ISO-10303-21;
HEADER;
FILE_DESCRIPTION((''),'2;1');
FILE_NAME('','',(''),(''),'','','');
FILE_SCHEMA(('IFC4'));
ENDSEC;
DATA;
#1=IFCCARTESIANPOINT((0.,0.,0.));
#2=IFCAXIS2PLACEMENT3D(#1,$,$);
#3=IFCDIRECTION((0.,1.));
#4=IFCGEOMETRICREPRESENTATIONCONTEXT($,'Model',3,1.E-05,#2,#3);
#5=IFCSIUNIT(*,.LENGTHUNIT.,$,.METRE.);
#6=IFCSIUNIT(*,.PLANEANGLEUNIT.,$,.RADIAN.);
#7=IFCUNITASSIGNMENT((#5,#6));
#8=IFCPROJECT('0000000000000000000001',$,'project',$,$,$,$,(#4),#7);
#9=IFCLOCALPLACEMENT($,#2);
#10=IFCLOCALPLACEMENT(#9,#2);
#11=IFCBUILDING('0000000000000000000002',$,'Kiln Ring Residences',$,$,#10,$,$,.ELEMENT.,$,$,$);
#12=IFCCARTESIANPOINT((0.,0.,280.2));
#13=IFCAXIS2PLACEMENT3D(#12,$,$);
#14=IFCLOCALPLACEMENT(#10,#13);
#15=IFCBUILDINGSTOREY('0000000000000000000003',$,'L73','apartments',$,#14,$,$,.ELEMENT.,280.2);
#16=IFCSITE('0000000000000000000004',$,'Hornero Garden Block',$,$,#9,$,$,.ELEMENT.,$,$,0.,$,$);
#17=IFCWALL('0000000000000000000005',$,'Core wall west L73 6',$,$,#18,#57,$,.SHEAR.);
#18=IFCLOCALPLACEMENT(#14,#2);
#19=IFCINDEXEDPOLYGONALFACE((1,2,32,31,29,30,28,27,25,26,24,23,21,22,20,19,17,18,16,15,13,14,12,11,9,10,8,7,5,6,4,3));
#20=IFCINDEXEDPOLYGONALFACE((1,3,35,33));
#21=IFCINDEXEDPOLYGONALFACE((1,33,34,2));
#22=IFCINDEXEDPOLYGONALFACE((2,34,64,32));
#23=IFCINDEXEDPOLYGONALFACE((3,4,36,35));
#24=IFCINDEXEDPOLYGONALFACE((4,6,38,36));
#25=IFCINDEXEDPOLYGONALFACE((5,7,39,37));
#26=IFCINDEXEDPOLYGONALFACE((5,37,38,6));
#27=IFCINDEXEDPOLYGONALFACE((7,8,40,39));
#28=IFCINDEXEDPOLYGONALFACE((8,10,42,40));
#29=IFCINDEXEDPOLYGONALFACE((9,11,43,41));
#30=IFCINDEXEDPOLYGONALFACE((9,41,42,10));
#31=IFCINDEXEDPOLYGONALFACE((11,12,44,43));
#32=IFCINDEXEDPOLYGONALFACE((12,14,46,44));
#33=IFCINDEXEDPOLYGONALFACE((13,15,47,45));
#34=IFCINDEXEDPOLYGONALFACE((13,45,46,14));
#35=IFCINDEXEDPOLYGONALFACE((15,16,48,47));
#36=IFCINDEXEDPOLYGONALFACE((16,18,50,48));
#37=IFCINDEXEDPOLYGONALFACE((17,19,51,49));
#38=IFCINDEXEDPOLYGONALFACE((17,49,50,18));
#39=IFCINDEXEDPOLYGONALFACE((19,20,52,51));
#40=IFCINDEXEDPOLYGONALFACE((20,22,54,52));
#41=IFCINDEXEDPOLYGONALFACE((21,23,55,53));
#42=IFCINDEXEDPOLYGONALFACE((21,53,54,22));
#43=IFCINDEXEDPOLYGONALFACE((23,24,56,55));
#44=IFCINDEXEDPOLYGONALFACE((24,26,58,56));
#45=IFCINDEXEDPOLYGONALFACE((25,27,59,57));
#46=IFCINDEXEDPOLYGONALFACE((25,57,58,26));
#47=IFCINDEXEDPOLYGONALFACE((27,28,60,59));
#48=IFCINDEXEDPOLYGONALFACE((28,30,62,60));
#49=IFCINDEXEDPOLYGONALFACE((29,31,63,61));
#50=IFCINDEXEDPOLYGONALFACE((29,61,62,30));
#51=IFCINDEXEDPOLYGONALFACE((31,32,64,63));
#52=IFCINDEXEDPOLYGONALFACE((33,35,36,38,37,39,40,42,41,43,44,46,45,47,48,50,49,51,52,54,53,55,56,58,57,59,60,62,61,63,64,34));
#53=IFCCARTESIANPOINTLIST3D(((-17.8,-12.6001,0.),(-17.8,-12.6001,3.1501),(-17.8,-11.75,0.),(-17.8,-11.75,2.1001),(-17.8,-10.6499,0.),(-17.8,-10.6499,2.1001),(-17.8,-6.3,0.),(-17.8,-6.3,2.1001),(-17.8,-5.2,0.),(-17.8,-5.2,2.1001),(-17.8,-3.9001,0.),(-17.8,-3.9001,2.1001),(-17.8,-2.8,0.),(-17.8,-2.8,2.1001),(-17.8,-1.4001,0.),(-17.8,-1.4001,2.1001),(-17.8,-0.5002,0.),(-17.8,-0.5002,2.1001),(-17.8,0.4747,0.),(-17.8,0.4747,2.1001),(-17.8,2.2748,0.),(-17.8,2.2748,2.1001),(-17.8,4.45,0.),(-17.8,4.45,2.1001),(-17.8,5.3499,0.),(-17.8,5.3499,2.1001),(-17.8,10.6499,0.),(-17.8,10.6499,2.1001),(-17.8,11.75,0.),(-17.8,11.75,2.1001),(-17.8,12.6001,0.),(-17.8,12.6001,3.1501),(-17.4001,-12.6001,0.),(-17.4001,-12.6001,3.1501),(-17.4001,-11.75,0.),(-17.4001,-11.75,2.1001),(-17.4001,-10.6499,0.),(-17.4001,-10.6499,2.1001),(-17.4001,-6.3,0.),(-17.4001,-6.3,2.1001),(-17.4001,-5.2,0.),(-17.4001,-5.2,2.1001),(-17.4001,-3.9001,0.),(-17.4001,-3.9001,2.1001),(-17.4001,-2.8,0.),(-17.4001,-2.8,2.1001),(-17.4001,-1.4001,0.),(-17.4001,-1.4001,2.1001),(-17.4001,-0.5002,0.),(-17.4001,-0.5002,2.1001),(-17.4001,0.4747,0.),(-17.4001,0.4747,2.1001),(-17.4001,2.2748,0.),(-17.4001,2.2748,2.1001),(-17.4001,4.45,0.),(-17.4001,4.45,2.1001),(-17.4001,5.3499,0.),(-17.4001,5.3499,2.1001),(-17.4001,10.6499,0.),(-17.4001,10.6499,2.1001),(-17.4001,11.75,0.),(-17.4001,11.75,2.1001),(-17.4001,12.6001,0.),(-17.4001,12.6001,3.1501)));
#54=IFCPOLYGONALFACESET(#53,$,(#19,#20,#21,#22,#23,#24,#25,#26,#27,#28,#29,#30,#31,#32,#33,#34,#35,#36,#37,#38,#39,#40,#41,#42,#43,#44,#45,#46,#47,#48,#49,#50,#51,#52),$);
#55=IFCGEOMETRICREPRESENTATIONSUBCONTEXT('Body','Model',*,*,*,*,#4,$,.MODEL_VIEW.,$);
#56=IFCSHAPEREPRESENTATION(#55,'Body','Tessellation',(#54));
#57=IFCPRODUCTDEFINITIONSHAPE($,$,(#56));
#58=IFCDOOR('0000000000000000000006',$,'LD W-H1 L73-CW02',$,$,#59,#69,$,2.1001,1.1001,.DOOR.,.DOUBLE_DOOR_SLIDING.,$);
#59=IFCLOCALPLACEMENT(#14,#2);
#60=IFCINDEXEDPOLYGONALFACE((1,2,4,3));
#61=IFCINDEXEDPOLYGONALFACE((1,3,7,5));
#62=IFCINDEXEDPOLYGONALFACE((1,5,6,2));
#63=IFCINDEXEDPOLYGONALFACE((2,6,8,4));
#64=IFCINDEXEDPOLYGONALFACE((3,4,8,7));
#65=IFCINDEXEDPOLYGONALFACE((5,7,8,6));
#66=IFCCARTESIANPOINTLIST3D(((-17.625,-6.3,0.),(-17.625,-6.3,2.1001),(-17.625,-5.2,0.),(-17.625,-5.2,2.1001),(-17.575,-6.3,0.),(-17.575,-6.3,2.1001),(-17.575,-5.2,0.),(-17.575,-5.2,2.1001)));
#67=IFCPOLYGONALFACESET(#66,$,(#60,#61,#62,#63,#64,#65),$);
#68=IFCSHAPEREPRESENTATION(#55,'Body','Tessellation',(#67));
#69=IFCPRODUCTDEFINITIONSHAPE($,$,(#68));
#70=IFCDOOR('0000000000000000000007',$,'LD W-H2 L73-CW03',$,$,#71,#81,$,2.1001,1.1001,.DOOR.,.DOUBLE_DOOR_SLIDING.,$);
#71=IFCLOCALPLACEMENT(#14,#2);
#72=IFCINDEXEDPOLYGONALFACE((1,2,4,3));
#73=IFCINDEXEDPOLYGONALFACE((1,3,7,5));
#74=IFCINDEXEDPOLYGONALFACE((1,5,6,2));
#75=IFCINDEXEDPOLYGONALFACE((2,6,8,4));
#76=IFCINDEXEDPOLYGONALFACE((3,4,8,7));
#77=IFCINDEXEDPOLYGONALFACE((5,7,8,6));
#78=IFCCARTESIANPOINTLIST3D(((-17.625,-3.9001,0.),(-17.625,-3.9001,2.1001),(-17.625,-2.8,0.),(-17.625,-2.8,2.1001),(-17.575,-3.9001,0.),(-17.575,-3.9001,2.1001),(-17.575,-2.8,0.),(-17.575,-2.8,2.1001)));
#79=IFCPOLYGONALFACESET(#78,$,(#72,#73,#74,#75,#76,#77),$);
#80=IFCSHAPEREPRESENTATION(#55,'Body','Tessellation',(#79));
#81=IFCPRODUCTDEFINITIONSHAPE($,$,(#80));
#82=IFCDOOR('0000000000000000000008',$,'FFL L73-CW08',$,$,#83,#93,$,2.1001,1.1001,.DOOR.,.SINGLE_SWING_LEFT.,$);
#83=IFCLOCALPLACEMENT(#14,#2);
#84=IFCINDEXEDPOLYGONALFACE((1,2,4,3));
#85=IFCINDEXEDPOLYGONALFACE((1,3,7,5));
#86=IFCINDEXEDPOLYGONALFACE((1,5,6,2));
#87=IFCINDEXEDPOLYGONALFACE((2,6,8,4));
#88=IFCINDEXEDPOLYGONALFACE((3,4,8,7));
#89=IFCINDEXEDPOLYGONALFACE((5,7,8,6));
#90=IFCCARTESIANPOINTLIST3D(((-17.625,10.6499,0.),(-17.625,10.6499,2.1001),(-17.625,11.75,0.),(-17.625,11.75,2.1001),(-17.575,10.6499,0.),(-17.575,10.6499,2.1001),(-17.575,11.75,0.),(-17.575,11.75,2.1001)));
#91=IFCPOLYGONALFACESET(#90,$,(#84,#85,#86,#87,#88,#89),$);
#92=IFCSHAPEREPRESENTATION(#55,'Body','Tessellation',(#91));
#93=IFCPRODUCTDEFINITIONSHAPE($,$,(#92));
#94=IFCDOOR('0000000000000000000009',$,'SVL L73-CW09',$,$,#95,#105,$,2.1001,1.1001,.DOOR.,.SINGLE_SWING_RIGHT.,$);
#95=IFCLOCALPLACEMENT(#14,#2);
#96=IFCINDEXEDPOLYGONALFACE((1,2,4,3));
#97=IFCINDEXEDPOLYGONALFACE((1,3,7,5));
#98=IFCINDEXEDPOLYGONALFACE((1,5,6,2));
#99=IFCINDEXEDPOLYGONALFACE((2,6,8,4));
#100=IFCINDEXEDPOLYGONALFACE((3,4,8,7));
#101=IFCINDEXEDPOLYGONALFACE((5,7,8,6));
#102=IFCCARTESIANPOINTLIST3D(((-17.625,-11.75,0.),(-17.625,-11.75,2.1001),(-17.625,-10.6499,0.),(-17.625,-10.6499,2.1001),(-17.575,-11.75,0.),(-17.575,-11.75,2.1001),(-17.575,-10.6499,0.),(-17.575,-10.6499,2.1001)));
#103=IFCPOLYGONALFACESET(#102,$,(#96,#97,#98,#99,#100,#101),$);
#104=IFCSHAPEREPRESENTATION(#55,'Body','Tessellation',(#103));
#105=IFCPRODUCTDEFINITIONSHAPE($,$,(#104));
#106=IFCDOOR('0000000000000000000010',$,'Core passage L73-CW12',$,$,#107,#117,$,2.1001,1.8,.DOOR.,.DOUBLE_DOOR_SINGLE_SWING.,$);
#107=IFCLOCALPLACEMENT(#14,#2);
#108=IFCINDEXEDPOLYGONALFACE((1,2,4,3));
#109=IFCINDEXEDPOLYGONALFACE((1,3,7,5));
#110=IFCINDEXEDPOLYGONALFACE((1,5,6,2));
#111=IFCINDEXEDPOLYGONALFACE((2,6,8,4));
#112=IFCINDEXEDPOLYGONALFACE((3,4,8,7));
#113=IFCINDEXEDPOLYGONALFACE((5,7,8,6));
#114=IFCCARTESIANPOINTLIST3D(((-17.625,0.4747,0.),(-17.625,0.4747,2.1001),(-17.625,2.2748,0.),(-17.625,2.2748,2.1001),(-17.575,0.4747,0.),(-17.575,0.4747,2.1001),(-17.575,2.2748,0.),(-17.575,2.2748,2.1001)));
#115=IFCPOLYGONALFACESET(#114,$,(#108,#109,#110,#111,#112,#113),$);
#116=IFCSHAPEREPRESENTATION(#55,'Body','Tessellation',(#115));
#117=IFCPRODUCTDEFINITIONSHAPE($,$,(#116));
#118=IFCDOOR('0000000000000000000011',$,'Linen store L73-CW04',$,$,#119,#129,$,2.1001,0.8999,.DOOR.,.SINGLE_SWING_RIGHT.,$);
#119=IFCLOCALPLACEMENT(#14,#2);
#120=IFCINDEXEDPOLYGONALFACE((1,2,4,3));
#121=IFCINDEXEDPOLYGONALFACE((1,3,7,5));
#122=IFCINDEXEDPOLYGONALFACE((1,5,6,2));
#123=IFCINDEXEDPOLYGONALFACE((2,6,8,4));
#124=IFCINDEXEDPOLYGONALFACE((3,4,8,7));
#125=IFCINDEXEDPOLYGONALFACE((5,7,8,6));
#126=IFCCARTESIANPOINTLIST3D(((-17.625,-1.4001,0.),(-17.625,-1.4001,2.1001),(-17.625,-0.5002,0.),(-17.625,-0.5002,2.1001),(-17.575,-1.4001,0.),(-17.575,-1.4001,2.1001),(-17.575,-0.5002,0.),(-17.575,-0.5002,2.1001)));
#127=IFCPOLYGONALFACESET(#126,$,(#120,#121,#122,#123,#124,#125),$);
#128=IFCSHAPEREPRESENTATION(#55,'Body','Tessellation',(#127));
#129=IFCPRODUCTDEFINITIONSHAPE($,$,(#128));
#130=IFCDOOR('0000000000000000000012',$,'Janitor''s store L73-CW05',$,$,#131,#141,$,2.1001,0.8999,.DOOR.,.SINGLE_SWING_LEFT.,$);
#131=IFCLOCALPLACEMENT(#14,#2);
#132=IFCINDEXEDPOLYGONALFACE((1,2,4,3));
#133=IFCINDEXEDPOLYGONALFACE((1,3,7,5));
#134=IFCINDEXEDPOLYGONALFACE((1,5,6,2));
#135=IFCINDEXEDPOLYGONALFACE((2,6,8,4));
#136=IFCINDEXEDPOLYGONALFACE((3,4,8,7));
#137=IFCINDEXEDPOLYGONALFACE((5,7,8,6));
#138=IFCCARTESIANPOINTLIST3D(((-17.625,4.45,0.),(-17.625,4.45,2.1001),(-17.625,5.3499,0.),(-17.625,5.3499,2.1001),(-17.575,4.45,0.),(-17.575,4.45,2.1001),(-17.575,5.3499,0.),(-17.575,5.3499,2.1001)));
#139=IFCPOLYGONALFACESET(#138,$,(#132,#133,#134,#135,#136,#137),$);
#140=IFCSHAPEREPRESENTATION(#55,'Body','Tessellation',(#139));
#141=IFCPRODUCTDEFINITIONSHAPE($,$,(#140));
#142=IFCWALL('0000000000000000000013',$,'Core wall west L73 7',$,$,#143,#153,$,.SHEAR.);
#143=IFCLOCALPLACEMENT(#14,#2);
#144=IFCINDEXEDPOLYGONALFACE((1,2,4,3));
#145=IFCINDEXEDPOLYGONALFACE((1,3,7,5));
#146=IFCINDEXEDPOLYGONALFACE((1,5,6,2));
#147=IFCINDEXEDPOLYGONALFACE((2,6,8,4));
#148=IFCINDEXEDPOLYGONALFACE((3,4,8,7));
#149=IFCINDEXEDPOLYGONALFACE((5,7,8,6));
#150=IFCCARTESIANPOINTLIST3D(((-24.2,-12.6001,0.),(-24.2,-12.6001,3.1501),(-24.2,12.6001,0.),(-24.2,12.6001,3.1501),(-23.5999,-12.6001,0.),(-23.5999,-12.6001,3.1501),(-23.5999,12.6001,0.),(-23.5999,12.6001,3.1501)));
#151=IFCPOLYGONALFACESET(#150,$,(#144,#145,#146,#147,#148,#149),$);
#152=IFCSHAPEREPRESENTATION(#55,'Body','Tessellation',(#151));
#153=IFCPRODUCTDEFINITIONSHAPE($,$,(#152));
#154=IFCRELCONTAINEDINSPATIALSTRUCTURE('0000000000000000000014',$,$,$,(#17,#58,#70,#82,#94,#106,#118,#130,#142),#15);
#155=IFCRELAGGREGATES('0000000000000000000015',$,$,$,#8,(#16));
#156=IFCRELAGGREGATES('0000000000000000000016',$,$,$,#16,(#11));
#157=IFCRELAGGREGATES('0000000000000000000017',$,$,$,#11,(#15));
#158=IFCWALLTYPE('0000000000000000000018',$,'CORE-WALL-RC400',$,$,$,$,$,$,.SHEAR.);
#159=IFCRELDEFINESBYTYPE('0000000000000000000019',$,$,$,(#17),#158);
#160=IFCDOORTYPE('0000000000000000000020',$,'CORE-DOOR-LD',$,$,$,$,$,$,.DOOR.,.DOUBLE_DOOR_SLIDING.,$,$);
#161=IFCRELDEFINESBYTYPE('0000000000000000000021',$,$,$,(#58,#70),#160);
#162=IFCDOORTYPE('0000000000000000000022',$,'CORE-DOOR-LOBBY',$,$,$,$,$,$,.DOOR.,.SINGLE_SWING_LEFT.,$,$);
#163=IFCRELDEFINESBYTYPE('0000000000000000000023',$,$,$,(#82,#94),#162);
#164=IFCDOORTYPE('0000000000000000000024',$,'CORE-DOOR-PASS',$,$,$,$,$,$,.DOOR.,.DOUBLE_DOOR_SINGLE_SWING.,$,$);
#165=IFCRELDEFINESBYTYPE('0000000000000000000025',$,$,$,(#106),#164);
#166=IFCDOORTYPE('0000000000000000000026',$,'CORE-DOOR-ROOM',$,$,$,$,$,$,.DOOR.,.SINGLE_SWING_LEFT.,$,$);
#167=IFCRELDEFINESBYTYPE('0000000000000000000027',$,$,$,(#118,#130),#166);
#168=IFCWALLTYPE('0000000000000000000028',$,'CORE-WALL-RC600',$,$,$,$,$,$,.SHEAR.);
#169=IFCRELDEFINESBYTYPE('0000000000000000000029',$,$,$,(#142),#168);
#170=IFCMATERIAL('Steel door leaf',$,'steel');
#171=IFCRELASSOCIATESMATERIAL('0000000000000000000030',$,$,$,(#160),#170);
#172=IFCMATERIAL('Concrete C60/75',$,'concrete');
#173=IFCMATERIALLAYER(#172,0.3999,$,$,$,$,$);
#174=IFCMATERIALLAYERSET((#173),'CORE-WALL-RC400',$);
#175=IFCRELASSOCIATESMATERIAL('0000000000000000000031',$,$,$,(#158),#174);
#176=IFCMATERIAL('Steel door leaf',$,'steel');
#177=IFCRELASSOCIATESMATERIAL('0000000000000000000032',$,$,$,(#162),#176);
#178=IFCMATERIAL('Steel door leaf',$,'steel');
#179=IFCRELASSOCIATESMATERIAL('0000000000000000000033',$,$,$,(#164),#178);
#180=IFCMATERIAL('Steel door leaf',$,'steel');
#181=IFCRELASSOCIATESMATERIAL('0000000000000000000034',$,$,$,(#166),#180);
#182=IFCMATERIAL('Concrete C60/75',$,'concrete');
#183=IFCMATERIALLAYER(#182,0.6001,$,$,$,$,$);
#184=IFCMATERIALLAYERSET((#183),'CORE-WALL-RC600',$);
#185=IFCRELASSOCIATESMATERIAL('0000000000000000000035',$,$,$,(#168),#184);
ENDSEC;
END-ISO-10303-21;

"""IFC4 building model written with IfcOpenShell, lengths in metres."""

from ifc_helpers import new_model, si_unit, direction, frame, frame_2d, origin, place, context, subcontext, project, spatial, rectangle, extrude, material, layer, layer_set, type_object, element, fill, save


model = new_model("IFC4")

# Units and contexts
model_context = context("Model", 3, precision=1e-05, world=origin(), true_north=direction((0.0, 1.0)))
body_context = subcontext(model_context, "Body", "Model", "MODEL_VIEW")
ifc_project = project(units=[si_unit("LENGTHUNIT", "METRE"), si_unit("PLANEANGLEUNIT", "RADIAN")], contexts=[model_context])

# Site, building, storey
site_placement = place(None, origin())
site = spatial("IfcSite", under=ifc_project, at=site_placement, Name="Hornero Garden Block", CompositionType="ELEMENT", RefElevation=0.0)
building_placement = place(site_placement, origin())
building = spatial("IfcBuilding", under=site, at=building_placement, Name="Kiln Ring Residences", CompositionType="ELEMENT")
storey_placement = place(building_placement, frame((0.0, 0.0, 280.2)))
storey = spatial("IfcBuildingStorey", under=building, at=storey_placement, Name="L73", Description="apartments", CompositionType="ELEMENT", Elevation=280.2)

# Shared definitions
ifc_material_1 = material(Name="Steel door leaf", Category="steel")
door_type_1 = type_object("IfcDoorType", Name="CORE-DOOR-LD", OperationType="DOUBLE_DOOR_SLIDING", PredefinedType="DOOR", material=ifc_material_1)

# Wall, openings, doors
ifc_material_2 = material(Name="Concrete C60/75", Category="concrete")
ifc_layer_1 = layer(ifc_material_2, 0.3999)
ifc_layer_set_1 = layer_set([ifc_layer_1], Name="CORE-WALL-RC400")
wall_type_1 = type_object("IfcWallType", Name="CORE-WALL-RC400", PredefinedType="SHEAR", material=ifc_layer_set_1)
wall_1_placement = place(storey_placement, frame((-17.6001, -12.6001, 0.0), z_axis=(0.0, 0.0, 1.0), x_axis=(0.0, 1.0, 0.0)))
wall_1 = element("IfcWall", 1, at=wall_1_placement, inside=storey, type_object=wall_type_1, Name="Core wall west L73 6", PredefinedType="SHEAR", context=body_context, shape_type="SweptSolid", body=[
    extrude(rectangle(XDim=25.2002, YDim=0.3999, at=frame_2d((12.6001, 0.0))), origin(), (0.0, 0.0, 1.0), 3.1501),
])
opening_1_placement = place(wall_1_placement, frame((6.3, 0.0, 0.0)))
opening_1 = element("IfcOpeningElement", 2, at=opening_1_placement, cuts=wall_1, PredefinedType="OPENING", context=body_context, shape_type="SweptSolid", body=[
    extrude(rectangle(XDim=1.1001, YDim=2.1001, at=frame_2d((0.55, 1.05))), frame((0.0, 0.21, 0.0), z_axis=(0.0, -1.0, 0.0), x_axis=(1.0, 0.0, 0.0)), (0.0, 0.0, 1.0), 0.4199),
])
opening_2_placement = place(wall_1_placement, frame((8.7, 0.0, 0.0)))
opening_2 = element("IfcOpeningElement", 3, at=opening_2_placement, cuts=wall_1, PredefinedType="OPENING", context=body_context, shape_type="SweptSolid", body=[
    extrude(rectangle(XDim=1.1001, YDim=2.1001, at=frame_2d((0.55, 1.05))), frame((0.0, 0.21, 0.0), z_axis=(0.0, -1.0, 0.0), x_axis=(1.0, 0.0, 0.0)), (0.0, 0.0, 1.0), 0.4199),
])
opening_3_placement = place(wall_1_placement, frame((11.2, 0.0, 0.0)))
opening_3 = element("IfcOpeningElement", 4, at=opening_3_placement, cuts=wall_1, PredefinedType="OPENING", context=body_context, shape_type="SweptSolid", body=[
    extrude(rectangle(XDim=0.8999, YDim=2.1001, at=frame_2d((0.45, 1.05))), frame((0.0, 0.21, 0.0), z_axis=(0.0, -1.0, 0.0), x_axis=(1.0, 0.0, 0.0)), (0.0, 0.0, 1.0), 0.4199),
])
opening_4_placement = place(wall_1_placement, frame((17.05, 0.0, 0.0)))
opening_4 = element("IfcOpeningElement", 5, at=opening_4_placement, cuts=wall_1, PredefinedType="OPENING", context=body_context, shape_type="SweptSolid", body=[
    extrude(rectangle(XDim=0.8999, YDim=2.1001, at=frame_2d((0.45, 1.05))), frame((0.0, 0.21, 0.0), z_axis=(0.0, -1.0, 0.0), x_axis=(1.0, 0.0, 0.0)), (0.0, 0.0, 1.0), 0.4199),
])
opening_5_placement = place(wall_1_placement, frame((23.25, 0.0, 0.0)))
opening_5 = element("IfcOpeningElement", 6, at=opening_5_placement, cuts=wall_1, PredefinedType="OPENING", context=body_context, shape_type="SweptSolid", body=[
    extrude(rectangle(XDim=1.1001, YDim=2.1001, at=frame_2d((0.55, 1.05))), frame((0.0, 0.21, 0.0), z_axis=(0.0, -1.0, 0.0), x_axis=(1.0, 0.0, 0.0)), (0.0, 0.0, 1.0), 0.4199),
])
opening_6_placement = place(wall_1_placement, frame((0.8501, 0.0, 0.0)))
opening_6 = element("IfcOpeningElement", 7, at=opening_6_placement, cuts=wall_1, PredefinedType="OPENING", context=body_context, shape_type="SweptSolid", body=[
    extrude(rectangle(XDim=1.1001, YDim=2.1001, at=frame_2d((0.55, 1.05))), frame((0.0, 0.21, 0.0), z_axis=(0.0, -1.0, 0.0), x_axis=(1.0, 0.0, 0.0)), (0.0, 0.0, 1.0), 0.4199),
])
opening_7_placement = place(wall_1_placement, frame((13.075, 0.0, 0.0)))
opening_7 = element("IfcOpeningElement", 8, at=opening_7_placement, cuts=wall_1, PredefinedType="OPENING", context=body_context, shape_type="SweptSolid", body=[
    extrude(rectangle(XDim=1.8, YDim=2.1001, at=frame_2d((0.8999, 1.05))), frame((0.0, 0.21, 0.0), z_axis=(0.0, -1.0, 0.0), x_axis=(1.0, 0.0, 0.0)), (0.0, 0.0, 1.0), 0.4199),
])
door_1_placement = place(opening_1_placement, origin())
door_1 = element("IfcDoor", 9, at=door_1_placement, inside=storey, type_object=door_type_1, Name="LD W-H1 L73-CW02", OperationType="DOUBLE_DOOR_SLIDING", OverallHeight=2.1001, OverallWidth=1.1001, PredefinedType="DOOR", context=body_context, shape_type="SweptSolid", body=[
    extrude(rectangle(XDim=1.1001, YDim=2.1001, at=frame_2d((0.55, 1.05))), frame((0.0, 0.0249, 0.0), z_axis=(0.0, -1.0, 0.0), x_axis=(1.0, 0.0, 0.0)), (0.0, 0.0, 1.0), 0.05),
])
fill(opening_1, door_1)
door_2_placement = place(opening_2_placement, origin())
door_2 = element("IfcDoor", 10, at=door_2_placement, inside=storey, type_object=door_type_1, Name="LD W-H2 L73-CW03", OperationType="DOUBLE_DOOR_SLIDING", OverallHeight=2.1001, OverallWidth=1.1001, PredefinedType="DOOR", context=body_context, shape_type="SweptSolid", body=[
    extrude(rectangle(XDim=1.1001, YDim=2.1001, at=frame_2d((0.55, 1.05))), frame((0.0, 0.0249, 0.0), z_axis=(0.0, -1.0, 0.0), x_axis=(1.0, 0.0, 0.0)), (0.0, 0.0, 1.0), 0.05),
])
fill(opening_2, door_2)
ifc_material_3 = material(Name="Steel door leaf", Category="steel")
door_type_2 = type_object("IfcDoorType", Name="CORE-DOOR-LOBBY", OperationType="SINGLE_SWING_LEFT", PredefinedType="DOOR", material=ifc_material_3)
door_3_placement = place(opening_5_placement, origin())
door_3 = element("IfcDoor", 11, at=door_3_placement, inside=storey, type_object=door_type_2, Name="FFL L73-CW08", OperationType="SINGLE_SWING_LEFT", OverallHeight=2.1001, OverallWidth=1.1001, PredefinedType="DOOR", context=body_context, shape_type="SweptSolid", body=[
    extrude(rectangle(XDim=1.1001, YDim=2.1001, at=frame_2d((0.55, 1.05))), frame((0.0, 0.0249, 0.0), z_axis=(0.0, -1.0, 0.0), x_axis=(1.0, 0.0, 0.0)), (0.0, 0.0, 1.0), 0.05),
])
fill(opening_5, door_3)
door_4_placement = place(opening_6_placement, origin())
door_4 = element("IfcDoor", 12, at=door_4_placement, inside=storey, type_object=door_type_2, Name="SVL L73-CW09", OperationType="SINGLE_SWING_RIGHT", OverallHeight=2.1001, OverallWidth=1.1001, PredefinedType="DOOR", context=body_context, shape_type="SweptSolid", body=[
    extrude(rectangle(XDim=1.1001, YDim=2.1001, at=frame_2d((0.55, 1.05))), frame((0.0, 0.0249, 0.0), z_axis=(0.0, -1.0, 0.0), x_axis=(1.0, 0.0, 0.0)), (0.0, 0.0, 1.0), 0.05),
])
fill(opening_6, door_4)
ifc_material_4 = material(Name="Steel door leaf", Category="steel")
door_type_3 = type_object("IfcDoorType", Name="CORE-DOOR-PASS", OperationType="DOUBLE_DOOR_SINGLE_SWING", PredefinedType="DOOR", material=ifc_material_4)
door_5_placement = place(opening_7_placement, origin())
door_5 = element("IfcDoor", 13, at=door_5_placement, inside=storey, type_object=door_type_3, Name="Core passage L73-CW12", OperationType="DOUBLE_DOOR_SINGLE_SWING", OverallHeight=2.1001, OverallWidth=1.8, PredefinedType="DOOR", context=body_context, shape_type="SweptSolid", body=[
    extrude(rectangle(XDim=1.8, YDim=2.1001, at=frame_2d((0.8999, 1.05))), frame((0.0, 0.0249, 0.0), z_axis=(0.0, -1.0, 0.0), x_axis=(1.0, 0.0, 0.0)), (0.0, 0.0, 1.0), 0.05),
])
fill(opening_7, door_5)
ifc_material_5 = material(Name="Steel door leaf", Category="steel")
door_type_4 = type_object("IfcDoorType", Name="CORE-DOOR-ROOM", OperationType="SINGLE_SWING_LEFT", PredefinedType="DOOR", material=ifc_material_5)
door_6_placement = place(opening_3_placement, origin())
door_6 = element("IfcDoor", 14, at=door_6_placement, inside=storey, type_object=door_type_4, Name="Linen store L73-CW04", OperationType="SINGLE_SWING_RIGHT", OverallHeight=2.1001, OverallWidth=0.8999, PredefinedType="DOOR", context=body_context, shape_type="SweptSolid", body=[
    extrude(rectangle(XDim=0.8999, YDim=2.1001, at=frame_2d((0.45, 1.05))), frame((0.0, 0.0249, 0.0), z_axis=(0.0, -1.0, 0.0), x_axis=(1.0, 0.0, 0.0)), (0.0, 0.0, 1.0), 0.05),
])
fill(opening_3, door_6)
door_7_placement = place(opening_4_placement, origin())
door_7 = element("IfcDoor", 15, at=door_7_placement, inside=storey, type_object=door_type_4, Name="Janitor's store L73-CW05", OperationType="SINGLE_SWING_LEFT", OverallHeight=2.1001, OverallWidth=0.8999, PredefinedType="DOOR", context=body_context, shape_type="SweptSolid", body=[
    extrude(rectangle(XDim=0.8999, YDim=2.1001, at=frame_2d((0.45, 1.05))), frame((0.0, 0.0249, 0.0), z_axis=(0.0, -1.0, 0.0), x_axis=(1.0, 0.0, 0.0)), (0.0, 0.0, 1.0), 0.05),
])
fill(opening_4, door_7)

# Wall
ifc_material_6 = material(Name="Concrete C60/75", Category="concrete")
ifc_layer_2 = layer(ifc_material_6, 0.6001)
ifc_layer_set_2 = layer_set([ifc_layer_2], Name="CORE-WALL-RC600")
wall_type_2 = type_object("IfcWallType", Name="CORE-WALL-RC600", PredefinedType="SHEAR", material=ifc_layer_set_2)
wall_2_placement = place(storey_placement, frame((-23.8999, -12.6001, 0.0), z_axis=(0.0, 0.0, 1.0), x_axis=(0.0, 1.0, 0.0)))
element("IfcWall", 16, at=wall_2_placement, inside=storey, type_object=wall_type_2, Name="Core wall west L73 7", PredefinedType="SHEAR", context=body_context, shape_type="SweptSolid", body=[
    extrude(rectangle(XDim=25.2002, YDim=0.6001, at=frame_2d((12.6001, 0.0))), origin(), (0.0, 0.0, 1.0), 3.1501),
])

save(model, "model.ifc")
